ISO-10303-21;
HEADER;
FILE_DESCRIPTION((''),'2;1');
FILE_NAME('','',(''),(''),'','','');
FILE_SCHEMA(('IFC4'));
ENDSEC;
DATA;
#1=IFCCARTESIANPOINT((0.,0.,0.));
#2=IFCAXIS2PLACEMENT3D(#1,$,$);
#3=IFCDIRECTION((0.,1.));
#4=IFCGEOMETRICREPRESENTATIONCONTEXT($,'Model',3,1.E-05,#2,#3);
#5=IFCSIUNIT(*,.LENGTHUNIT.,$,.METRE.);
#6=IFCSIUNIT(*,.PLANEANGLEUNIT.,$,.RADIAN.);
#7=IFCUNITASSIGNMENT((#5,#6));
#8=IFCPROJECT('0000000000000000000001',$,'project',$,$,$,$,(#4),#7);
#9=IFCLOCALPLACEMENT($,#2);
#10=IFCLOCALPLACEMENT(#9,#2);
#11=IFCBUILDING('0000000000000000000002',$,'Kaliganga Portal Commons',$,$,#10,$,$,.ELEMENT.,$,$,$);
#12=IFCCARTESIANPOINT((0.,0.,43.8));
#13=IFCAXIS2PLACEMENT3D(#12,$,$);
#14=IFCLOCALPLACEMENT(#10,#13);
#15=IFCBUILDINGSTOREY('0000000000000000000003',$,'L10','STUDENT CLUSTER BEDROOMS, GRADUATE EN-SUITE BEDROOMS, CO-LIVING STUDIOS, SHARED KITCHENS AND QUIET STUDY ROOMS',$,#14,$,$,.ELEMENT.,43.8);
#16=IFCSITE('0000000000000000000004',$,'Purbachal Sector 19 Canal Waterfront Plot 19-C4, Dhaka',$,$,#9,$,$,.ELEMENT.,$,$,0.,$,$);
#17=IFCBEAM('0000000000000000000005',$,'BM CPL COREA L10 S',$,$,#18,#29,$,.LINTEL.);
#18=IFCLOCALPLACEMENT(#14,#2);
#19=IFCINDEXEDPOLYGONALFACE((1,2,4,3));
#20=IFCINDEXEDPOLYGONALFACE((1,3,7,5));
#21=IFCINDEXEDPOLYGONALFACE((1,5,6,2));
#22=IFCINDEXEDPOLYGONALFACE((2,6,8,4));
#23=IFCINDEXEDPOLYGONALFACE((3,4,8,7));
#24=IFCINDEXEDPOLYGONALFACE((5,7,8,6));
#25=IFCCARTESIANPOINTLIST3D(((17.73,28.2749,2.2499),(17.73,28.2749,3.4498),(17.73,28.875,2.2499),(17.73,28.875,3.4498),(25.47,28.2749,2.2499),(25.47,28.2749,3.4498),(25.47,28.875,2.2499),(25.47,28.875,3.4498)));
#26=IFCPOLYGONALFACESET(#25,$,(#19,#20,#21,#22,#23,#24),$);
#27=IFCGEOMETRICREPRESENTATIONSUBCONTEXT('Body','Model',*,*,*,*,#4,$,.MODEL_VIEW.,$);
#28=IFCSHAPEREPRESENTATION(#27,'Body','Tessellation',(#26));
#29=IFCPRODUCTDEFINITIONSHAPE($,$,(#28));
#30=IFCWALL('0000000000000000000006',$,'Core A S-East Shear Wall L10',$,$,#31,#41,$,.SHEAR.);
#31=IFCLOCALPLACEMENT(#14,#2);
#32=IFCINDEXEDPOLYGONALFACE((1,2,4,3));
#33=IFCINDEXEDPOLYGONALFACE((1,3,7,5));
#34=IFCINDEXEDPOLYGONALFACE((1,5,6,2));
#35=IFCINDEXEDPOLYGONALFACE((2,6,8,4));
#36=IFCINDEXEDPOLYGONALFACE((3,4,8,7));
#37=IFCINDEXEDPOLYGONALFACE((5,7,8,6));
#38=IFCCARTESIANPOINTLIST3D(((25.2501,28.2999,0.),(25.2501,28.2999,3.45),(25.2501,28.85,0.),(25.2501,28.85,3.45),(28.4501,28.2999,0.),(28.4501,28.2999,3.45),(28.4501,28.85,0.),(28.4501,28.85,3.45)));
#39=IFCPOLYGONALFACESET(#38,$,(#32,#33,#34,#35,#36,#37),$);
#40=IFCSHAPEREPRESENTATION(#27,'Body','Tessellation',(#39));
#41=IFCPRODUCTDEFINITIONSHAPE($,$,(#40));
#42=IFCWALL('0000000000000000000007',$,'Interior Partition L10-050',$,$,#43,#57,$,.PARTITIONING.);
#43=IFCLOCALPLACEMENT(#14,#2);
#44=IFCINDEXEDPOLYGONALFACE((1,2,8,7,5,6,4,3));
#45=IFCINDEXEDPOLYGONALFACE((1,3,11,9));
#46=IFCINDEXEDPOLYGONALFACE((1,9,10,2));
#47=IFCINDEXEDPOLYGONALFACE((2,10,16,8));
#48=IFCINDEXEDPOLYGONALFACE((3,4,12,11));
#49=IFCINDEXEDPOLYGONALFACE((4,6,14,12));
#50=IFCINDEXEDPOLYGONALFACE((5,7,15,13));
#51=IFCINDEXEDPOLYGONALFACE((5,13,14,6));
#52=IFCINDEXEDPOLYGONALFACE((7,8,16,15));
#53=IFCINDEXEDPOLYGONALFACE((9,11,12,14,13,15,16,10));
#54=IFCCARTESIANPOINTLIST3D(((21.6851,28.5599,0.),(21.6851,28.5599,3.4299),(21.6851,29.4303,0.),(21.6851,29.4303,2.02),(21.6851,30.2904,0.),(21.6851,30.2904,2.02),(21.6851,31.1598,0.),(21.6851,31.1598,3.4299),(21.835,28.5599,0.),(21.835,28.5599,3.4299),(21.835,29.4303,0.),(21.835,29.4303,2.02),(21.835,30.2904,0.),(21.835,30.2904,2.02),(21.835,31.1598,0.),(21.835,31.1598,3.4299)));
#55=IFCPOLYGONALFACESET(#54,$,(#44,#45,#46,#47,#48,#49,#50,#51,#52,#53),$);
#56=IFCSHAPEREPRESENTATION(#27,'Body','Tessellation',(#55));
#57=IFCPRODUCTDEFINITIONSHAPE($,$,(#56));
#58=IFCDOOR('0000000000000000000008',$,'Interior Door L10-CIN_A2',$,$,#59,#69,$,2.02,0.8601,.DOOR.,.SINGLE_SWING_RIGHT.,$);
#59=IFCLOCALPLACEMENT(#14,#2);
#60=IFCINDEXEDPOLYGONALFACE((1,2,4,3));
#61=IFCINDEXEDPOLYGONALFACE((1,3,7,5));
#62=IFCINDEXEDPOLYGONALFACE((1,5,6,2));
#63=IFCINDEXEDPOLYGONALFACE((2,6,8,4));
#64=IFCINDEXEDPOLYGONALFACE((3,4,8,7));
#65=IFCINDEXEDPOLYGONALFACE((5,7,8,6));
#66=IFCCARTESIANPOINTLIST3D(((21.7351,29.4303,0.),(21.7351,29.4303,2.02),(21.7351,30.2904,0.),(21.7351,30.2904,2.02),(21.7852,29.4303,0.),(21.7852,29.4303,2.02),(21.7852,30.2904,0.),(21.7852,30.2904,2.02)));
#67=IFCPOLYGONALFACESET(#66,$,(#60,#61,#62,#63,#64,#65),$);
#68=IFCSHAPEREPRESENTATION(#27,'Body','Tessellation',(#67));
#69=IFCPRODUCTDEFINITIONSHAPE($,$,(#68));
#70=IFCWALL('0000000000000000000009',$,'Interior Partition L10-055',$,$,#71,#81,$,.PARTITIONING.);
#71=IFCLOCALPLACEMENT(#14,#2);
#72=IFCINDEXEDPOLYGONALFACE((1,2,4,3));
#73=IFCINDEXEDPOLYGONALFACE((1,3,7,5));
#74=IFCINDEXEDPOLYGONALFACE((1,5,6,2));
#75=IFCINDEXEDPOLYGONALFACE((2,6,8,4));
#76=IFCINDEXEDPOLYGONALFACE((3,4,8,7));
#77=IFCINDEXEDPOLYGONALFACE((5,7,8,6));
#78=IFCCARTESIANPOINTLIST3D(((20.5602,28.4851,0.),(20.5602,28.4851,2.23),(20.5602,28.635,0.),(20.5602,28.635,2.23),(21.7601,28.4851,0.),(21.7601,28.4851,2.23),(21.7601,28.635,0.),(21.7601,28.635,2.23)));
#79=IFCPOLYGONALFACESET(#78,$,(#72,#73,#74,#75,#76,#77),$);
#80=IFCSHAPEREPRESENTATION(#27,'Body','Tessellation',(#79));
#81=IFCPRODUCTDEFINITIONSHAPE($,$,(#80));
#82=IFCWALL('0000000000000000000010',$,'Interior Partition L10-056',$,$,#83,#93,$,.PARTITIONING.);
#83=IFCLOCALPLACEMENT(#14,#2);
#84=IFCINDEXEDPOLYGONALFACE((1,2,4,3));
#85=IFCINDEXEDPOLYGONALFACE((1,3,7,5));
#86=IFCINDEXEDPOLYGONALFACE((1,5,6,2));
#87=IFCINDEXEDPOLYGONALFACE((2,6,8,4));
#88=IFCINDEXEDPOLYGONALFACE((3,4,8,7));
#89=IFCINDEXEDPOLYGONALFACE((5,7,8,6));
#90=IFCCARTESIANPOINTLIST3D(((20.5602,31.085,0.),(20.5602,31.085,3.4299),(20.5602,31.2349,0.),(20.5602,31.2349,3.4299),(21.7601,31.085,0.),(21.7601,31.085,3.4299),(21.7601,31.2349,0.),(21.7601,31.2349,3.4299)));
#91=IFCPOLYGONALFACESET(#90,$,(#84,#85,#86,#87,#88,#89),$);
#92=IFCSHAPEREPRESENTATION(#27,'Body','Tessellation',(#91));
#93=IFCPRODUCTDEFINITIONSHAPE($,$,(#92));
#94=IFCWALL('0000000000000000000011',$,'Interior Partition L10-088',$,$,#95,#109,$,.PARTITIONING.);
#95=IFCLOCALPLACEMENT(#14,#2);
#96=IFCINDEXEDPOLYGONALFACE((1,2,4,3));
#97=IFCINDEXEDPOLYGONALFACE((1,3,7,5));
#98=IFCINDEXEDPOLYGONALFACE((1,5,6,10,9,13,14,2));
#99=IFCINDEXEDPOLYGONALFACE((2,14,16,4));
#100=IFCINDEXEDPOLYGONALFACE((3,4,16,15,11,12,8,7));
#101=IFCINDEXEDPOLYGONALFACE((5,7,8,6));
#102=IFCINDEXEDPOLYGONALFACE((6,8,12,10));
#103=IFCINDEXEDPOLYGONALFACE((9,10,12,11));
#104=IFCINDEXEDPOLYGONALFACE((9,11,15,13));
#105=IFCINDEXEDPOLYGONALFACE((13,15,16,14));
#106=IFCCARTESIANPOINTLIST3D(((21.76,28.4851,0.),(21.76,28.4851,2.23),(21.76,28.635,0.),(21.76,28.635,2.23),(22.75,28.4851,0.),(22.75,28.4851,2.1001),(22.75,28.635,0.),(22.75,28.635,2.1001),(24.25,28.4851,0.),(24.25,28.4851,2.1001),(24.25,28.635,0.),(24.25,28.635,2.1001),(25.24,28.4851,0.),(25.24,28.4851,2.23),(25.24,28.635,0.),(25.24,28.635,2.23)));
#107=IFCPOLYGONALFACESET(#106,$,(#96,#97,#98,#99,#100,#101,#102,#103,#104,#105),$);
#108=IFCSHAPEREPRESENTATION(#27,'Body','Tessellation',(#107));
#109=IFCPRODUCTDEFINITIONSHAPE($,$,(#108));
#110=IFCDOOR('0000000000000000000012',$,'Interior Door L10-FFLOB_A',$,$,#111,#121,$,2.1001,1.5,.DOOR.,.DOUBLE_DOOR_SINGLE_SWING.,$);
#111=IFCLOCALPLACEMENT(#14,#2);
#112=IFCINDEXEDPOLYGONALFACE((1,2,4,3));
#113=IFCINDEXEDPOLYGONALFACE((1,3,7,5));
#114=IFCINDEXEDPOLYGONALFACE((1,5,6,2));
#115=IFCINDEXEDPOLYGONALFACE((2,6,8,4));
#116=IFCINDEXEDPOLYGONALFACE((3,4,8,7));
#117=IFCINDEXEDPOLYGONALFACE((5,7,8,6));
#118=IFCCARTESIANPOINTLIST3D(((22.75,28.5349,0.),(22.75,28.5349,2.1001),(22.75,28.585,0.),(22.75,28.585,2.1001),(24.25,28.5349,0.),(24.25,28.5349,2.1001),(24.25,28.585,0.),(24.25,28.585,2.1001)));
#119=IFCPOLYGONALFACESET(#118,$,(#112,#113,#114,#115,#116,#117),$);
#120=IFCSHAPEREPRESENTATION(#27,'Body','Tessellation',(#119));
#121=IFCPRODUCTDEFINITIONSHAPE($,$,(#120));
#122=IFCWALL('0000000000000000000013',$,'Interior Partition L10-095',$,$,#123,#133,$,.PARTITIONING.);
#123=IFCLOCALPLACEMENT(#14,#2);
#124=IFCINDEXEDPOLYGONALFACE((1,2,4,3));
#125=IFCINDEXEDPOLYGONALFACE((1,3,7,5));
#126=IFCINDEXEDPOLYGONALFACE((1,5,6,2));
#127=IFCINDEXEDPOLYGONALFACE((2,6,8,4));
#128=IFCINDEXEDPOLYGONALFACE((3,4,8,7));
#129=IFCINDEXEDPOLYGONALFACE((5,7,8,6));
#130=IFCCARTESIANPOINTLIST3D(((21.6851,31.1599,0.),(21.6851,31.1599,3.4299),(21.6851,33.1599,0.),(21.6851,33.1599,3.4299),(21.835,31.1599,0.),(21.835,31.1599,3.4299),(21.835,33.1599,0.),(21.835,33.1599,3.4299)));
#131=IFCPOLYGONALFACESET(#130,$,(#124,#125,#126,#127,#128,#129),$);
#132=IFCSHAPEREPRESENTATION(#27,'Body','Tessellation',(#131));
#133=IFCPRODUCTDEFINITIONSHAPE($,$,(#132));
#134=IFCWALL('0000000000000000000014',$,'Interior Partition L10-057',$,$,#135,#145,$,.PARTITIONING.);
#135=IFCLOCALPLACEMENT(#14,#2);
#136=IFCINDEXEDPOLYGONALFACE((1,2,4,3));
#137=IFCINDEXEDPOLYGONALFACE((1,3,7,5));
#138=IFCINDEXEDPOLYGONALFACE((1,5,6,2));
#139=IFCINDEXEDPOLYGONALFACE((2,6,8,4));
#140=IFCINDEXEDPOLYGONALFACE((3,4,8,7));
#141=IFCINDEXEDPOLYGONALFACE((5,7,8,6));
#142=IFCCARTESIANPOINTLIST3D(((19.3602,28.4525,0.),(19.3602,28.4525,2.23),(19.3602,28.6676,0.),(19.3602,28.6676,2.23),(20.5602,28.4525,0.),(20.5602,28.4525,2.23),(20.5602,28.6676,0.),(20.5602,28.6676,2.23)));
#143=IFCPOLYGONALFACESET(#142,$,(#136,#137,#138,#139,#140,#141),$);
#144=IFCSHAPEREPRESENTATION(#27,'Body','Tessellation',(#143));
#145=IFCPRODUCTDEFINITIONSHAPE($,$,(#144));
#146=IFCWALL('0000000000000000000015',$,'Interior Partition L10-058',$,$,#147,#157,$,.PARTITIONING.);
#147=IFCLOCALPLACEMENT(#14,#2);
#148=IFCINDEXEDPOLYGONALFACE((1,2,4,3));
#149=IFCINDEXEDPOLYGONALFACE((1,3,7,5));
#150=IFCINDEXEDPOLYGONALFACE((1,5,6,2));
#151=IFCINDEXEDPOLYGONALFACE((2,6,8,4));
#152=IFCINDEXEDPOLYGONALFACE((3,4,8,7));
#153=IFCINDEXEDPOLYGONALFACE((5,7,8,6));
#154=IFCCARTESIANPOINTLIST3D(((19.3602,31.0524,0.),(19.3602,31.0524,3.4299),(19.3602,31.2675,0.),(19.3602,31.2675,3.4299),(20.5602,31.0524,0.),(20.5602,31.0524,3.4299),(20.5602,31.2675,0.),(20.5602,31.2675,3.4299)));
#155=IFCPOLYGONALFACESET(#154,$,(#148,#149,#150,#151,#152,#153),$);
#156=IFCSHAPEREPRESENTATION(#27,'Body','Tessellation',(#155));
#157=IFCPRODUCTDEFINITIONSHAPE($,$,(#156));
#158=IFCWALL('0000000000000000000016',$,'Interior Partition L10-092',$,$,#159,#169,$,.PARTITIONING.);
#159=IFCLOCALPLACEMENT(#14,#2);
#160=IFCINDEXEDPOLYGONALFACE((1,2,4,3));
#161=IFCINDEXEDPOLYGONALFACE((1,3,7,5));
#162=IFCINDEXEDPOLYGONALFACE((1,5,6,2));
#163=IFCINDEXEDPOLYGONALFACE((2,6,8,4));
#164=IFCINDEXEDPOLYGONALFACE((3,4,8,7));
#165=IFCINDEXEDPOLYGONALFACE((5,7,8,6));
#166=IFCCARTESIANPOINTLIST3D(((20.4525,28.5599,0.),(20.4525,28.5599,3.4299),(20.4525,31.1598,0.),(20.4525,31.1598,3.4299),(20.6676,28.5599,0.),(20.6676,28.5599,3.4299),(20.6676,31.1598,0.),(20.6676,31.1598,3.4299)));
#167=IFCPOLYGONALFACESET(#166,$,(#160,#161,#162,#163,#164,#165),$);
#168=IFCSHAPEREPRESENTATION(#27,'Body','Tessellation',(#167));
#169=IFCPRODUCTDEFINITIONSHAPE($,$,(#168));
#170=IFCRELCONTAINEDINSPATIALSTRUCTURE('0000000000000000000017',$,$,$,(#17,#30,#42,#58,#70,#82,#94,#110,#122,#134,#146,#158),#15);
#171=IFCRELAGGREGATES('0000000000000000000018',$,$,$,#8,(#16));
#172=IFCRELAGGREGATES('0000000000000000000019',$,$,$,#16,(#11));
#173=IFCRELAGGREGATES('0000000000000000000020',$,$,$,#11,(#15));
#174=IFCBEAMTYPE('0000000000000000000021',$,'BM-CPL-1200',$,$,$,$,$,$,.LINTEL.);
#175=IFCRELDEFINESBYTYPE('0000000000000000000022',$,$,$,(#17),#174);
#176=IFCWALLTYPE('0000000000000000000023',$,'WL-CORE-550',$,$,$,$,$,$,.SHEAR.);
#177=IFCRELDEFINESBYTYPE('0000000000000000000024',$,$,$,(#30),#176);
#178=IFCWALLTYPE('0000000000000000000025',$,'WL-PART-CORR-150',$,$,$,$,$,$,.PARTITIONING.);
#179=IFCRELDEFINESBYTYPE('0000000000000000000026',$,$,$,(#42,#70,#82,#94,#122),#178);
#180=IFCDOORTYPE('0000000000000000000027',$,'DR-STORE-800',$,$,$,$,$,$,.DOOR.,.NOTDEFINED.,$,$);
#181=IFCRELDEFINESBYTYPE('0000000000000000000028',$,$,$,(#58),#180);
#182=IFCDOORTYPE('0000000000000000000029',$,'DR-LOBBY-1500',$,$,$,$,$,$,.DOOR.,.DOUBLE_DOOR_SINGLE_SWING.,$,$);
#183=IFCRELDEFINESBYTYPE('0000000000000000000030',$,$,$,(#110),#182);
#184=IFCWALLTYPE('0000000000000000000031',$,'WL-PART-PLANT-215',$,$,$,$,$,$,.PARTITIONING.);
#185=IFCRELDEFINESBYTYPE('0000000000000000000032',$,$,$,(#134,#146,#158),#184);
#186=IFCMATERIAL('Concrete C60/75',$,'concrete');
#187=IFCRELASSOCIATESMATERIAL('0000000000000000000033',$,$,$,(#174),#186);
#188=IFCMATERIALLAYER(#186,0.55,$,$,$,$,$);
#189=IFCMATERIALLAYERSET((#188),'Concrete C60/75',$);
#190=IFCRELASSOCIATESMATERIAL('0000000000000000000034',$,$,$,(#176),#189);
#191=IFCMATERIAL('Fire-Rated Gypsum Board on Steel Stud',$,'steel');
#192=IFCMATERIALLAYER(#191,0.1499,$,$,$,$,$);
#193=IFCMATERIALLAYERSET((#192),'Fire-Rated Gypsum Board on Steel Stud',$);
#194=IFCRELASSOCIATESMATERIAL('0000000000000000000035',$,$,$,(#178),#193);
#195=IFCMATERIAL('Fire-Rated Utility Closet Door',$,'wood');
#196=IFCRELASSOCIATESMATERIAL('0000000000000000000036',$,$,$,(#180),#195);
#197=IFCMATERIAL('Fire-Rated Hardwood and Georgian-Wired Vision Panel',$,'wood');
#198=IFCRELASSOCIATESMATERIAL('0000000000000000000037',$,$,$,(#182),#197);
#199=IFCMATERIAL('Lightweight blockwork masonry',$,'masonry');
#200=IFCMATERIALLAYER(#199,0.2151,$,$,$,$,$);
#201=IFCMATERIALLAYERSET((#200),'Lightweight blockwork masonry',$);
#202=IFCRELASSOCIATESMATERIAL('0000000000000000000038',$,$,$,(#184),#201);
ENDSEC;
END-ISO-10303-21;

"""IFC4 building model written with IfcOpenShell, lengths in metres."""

from ifc_helpers import new_model, si_unit, direction, frame, frame_2d, origin, origin_2d, place, context, subcontext, project, spatial, rectangle, extrude, source, transform, mapped, material, layer, layer_set, material_profile, profile_set, type_object, element, fill, save


model = new_model("IFC4")

# Units and contexts
model_context = context("Model", 3, precision=1e-05, world=origin(), true_north=direction((0.0, 1.0)))
body_context = subcontext(model_context, "Body", "Model", "MODEL_VIEW")
ifc_project = project(units=[si_unit("LENGTHUNIT", "METRE"), si_unit("PLANEANGLEUNIT", "RADIAN")], contexts=[model_context])

# Site, building, storey
site_placement = place(None, origin())
site = spatial("IfcSite", under=ifc_project, at=site_placement, Name="Purbachal Sector 19 Canal Waterfront Plot 19-C4, Dhaka", CompositionType="ELEMENT", RefElevation=0.0)
building_placement = place(site_placement, origin())
building = spatial("IfcBuilding", under=site, at=building_placement, Name="Kaliganga Portal Commons", CompositionType="ELEMENT")
storey_placement = place(building_placement, frame((0.0, 0.0, 43.8)))
storey = spatial("IfcBuildingStorey", under=building, at=storey_placement, Name="L10", Description="STUDENT CLUSTER BEDROOMS, GRADUATE EN-SUITE BEDROOMS, CO-LIVING STUDIOS, SHARED KITCHENS AND QUIET STUDY ROOMS", CompositionType="ELEMENT", Elevation=43.8)

# Beam
ifc_material_1 = material(Name="Concrete C60/75", Category="concrete")
ifc_material_profile = material_profile(ifc_material_1, rectangle(XDim=0.6001, YDim=1.2, at=origin_2d()), Name="RC 600x1200")
ifc_profile_set = profile_set([ifc_material_profile], Name="Concrete C60/75")
beam_type = type_object("IfcBeamType", Name="BM-CPL-1200", PredefinedType="LINTEL", material=ifc_profile_set)
shared_shape_1 = source(origin(), body_context, "Body", "SweptSolid", [
    extrude(rectangle(XDim=0.6001, YDim=1.2, at=origin_2d()), origin(), (0.0, 0.0, 1.0), 7.74),
])
beam_placement = place(storey_placement, frame((17.73, 28.575, 2.8499), z_axis=(1.0, 0.0, 0.0), x_axis=(0.0, 1.0, 0.0)))
element("IfcBeam", 1, at=beam_placement, inside=storey, type_object=beam_type, Name="BM CPL COREA L10 S", PredefinedType="LINTEL", context=body_context, shape_type="MappedRepresentation", body=[
    mapped(shared_shape_1, transform((0.0, 0.0, 0.0), x_axis=(1.0, 0.0, 0.0), y_axis=(0.0, 1.0, 0.0), z_axis=(0.0, 0.0, 1.0), scale=1.0)),
])

# Wall
ifc_layer_1 = layer(ifc_material_1, 0.55)
ifc_layer_set_1 = layer_set([ifc_layer_1], Name="Concrete C60/75")
wall_type_1 = type_object("IfcWallType", Name="WL-CORE-550", PredefinedType="SHEAR", material=ifc_layer_set_1)
wall_1_placement = place(storey_placement, frame((25.25, 28.575, 0.0), z_axis=(0.0, 0.0, 1.0), x_axis=(1.0, 0.0, 0.0)))
element("IfcWall", 2, at=wall_1_placement, inside=storey, type_object=wall_type_1, Name="Core A S-East Shear Wall L10", PredefinedType="SHEAR", context=body_context, shape_type="SweptSolid", body=[
    extrude(rectangle(XDim=3.2, YDim=0.55, at=frame_2d((1.6001, 0.0))), origin(), (0.0, 0.0, 1.0), 3.45),
])

# Wall, opening, door
ifc_material_2 = material(Name="Fire-Rated Gypsum Board on Steel Stud", Category="steel")
ifc_layer_2 = layer(ifc_material_2, 0.1499)
ifc_layer_set_2 = layer_set([ifc_layer_2], Name="Fire-Rated Gypsum Board on Steel Stud")
wall_type_2 = type_object("IfcWallType", Name="WL-PART-CORR-150", PredefinedType="PARTITIONING", material=ifc_layer_set_2)
wall_2_placement = place(storey_placement, frame((21.76, 28.5601, 0.0), z_axis=(0.0, 0.0, 1.0), x_axis=(0.0, 1.0, 0.0)))
wall_2 = element("IfcWall", 3, at=wall_2_placement, inside=storey, type_object=wall_type_2, Name="Interior Partition L10-050", PredefinedType="PARTITIONING", context=body_context, shape_type="SweptSolid", body=[
    extrude(rectangle(XDim=2.5999, YDim=0.1499, at=frame_2d((1.2998, 0.0))), origin(), (0.0, 0.0, 1.0), 3.4299),
])
opening_1_placement = place(wall_2_placement, frame((0.8701, 0.0, 0.0)))
opening_1 = element("IfcOpeningElement", 4, at=opening_1_placement, cuts=wall_2, PredefinedType="OPENING", context=body_context, shape_type="SweptSolid", body=[
    extrude(rectangle(XDim=0.8601, YDim=2.02, at=frame_2d((0.4302, 1.01))), frame((0.0, 0.085, 0.0), z_axis=(0.0, -1.0, 0.0), x_axis=(1.0, 0.0, 0.0)), (0.0, 0.0, 1.0), 0.1699),
])
ifc_material_3 = material(Name="Fire-Rated Utility Closet Door", Category="wood")
door_type_1 = type_object("IfcDoorType", Name="DR-STORE-800", OperationType="NOTDEFINED", PredefinedType="DOOR", material=ifc_material_3)
door_1_placement = place(opening_1_placement, origin())
door_1 = element("IfcDoor", 5, at=door_1_placement, inside=storey, type_object=door_type_1, Name="Interior Door L10-CIN_A2", OperationType="SINGLE_SWING_RIGHT", OverallHeight=2.02, OverallWidth=0.8601, PredefinedType="DOOR", context=body_context, shape_type="SweptSolid", body=[
    extrude(rectangle(XDim=0.8601, YDim=2.02, at=frame_2d((0.4302, 1.01))), frame((0.0, 0.0249, 0.0), z_axis=(0.0, -1.0, 0.0), x_axis=(1.0, 0.0, 0.0)), (0.0, 0.0, 1.0), 0.05),
])
fill(opening_1, door_1)

# Walls
wall_3_placement = place(storey_placement, frame((20.5601, 28.5601, 0.0), z_axis=(0.0, 0.0, 1.0), x_axis=(1.0, 0.0, 0.0)))
element("IfcWall", 6, at=wall_3_placement, inside=storey, type_object=wall_type_2, Name="Interior Partition L10-055", PredefinedType="PARTITIONING", context=body_context, shape_type="SweptSolid", body=[
    extrude(rectangle(XDim=1.2, YDim=0.1499, at=frame_2d((0.6001, 0.0))), origin(), (0.0, 0.0, 1.0), 2.23),
])
wall_4_placement = place(storey_placement, frame((20.5601, 31.1599, 0.0), z_axis=(0.0, 0.0, 1.0), x_axis=(1.0, 0.0, 0.0)))
element("IfcWall", 7, at=wall_4_placement, inside=storey, type_object=wall_type_2, Name="Interior Partition L10-056", PredefinedType="PARTITIONING", context=body_context, shape_type="SweptSolid", body=[
    extrude(rectangle(XDim=1.2, YDim=0.1499, at=frame_2d((0.6001, 0.0))), origin(), (0.0, 0.0, 1.0), 3.4299),
])

# Wall, opening, door
wall_5_placement = place(storey_placement, frame((21.76, 28.5601, 0.0), z_axis=(0.0, 0.0, 1.0), x_axis=(1.0, 0.0, 0.0)))
wall_5 = element("IfcWall", 8, at=wall_5_placement, inside=storey, type_object=wall_type_2, Name="Interior Partition L10-088", PredefinedType="PARTITIONING", context=body_context, shape_type="SweptSolid", body=[
    extrude(rectangle(XDim=3.48, YDim=0.1499, at=frame_2d((1.74, 0.0))), origin(), (0.0, 0.0, 1.0), 2.23),
])
opening_2_placement = place(wall_5_placement, frame((0.99, 0.0, 0.0)))
opening_2 = element("IfcOpeningElement", 9, at=opening_2_placement, cuts=wall_5, PredefinedType="OPENING", context=body_context, shape_type="SweptSolid", body=[
    extrude(rectangle(XDim=1.5, YDim=2.1001, at=frame_2d((0.75, 1.05))), frame((0.0, 0.085, 0.0), z_axis=(0.0, -1.0, 0.0), x_axis=(1.0, 0.0, 0.0)), (0.0, 0.0, 1.0), 0.1699),
])
ifc_material_4 = material(Name="Fire-Rated Hardwood and Georgian-Wired Vision Panel", Category="wood")
door_type_2 = type_object("IfcDoorType", Name="DR-LOBBY-1500", OperationType="DOUBLE_DOOR_SINGLE_SWING", PredefinedType="DOOR", material=ifc_material_4)
door_2_placement = place(opening_2_placement, origin())
door_2 = element("IfcDoor", 10, at=door_2_placement, inside=storey, type_object=door_type_2, Name="Interior Door L10-FFLOB_A", OperationType="DOUBLE_DOOR_SINGLE_SWING", OverallHeight=2.1001, OverallWidth=1.5, PredefinedType="DOOR", context=body_context, shape_type="SweptSolid", body=[
    extrude(rectangle(XDim=1.5, YDim=2.1001, at=frame_2d((0.75, 1.05))), frame((0.0, 0.0249, 0.0), z_axis=(0.0, -1.0, 0.0), x_axis=(1.0, 0.0, 0.0)), (0.0, 0.0, 1.0), 0.05),
])
fill(opening_2, door_2)

# Walls
wall_6_placement = place(storey_placement, frame((21.76, 31.1599, 0.0), z_axis=(0.0, 0.0, 1.0), x_axis=(0.0, 1.0, 0.0)))
element("IfcWall", 11, at=wall_6_placement, inside=storey, type_object=wall_type_2, Name="Interior Partition L10-095", PredefinedType="PARTITIONING", context=body_context, shape_type="SweptSolid", body=[
    extrude(rectangle(XDim=2.0, YDim=0.1499, at=frame_2d((1.0, 0.0))), origin(), (0.0, 0.0, 1.0), 3.4299),
])
ifc_material_5 = material(Name="Lightweight blockwork masonry", Category="masonry")
ifc_layer_3 = layer(ifc_material_5, 0.2151)
ifc_layer_set_3 = layer_set([ifc_layer_3], Name="Lightweight blockwork masonry")
wall_type_3 = type_object("IfcWallType", Name="WL-PART-PLANT-215", PredefinedType="PARTITIONING", material=ifc_layer_set_3)
wall_7_placement = place(storey_placement, frame((19.3601, 28.5601, 0.0), z_axis=(0.0, 0.0, 1.0), x_axis=(1.0, 0.0, 0.0)))
element("IfcWall", 12, at=wall_7_placement, inside=storey, type_object=wall_type_3, Name="Interior Partition L10-057", PredefinedType="PARTITIONING", context=body_context, shape_type="SweptSolid", body=[
    extrude(rectangle(XDim=1.2, YDim=0.2151, at=frame_2d((0.6001, 0.0))), origin(), (0.0, 0.0, 1.0), 2.23),
])
wall_8_placement = place(storey_placement, frame((19.3601, 31.1599, 0.0), z_axis=(0.0, 0.0, 1.0), x_axis=(1.0, 0.0, 0.0)))
element("IfcWall", 13, at=wall_8_placement, inside=storey, type_object=wall_type_3, Name="Interior Partition L10-058", PredefinedType="PARTITIONING", context=body_context, shape_type="SweptSolid", body=[
    extrude(rectangle(XDim=1.2, YDim=0.2151, at=frame_2d((0.6001, 0.0))), origin(), (0.0, 0.0, 1.0), 3.4299),
])
wall_9_placement = place(storey_placement, frame((20.5601, 28.5601, 0.0), z_axis=(0.0, 0.0, 1.0), x_axis=(0.0, 1.0, 0.0)))
element("IfcWall", 14, at=wall_9_placement, inside=storey, type_object=wall_type_3, Name="Interior Partition L10-092", PredefinedType="PARTITIONING", context=body_context, shape_type="SweptSolid", body=[
    extrude(rectangle(XDim=2.5999, YDim=0.2151, at=frame_2d((1.2998, 0.0))), origin(), (0.0, 0.0, 1.0), 3.4299),
])

save(model, "model.ifc")
